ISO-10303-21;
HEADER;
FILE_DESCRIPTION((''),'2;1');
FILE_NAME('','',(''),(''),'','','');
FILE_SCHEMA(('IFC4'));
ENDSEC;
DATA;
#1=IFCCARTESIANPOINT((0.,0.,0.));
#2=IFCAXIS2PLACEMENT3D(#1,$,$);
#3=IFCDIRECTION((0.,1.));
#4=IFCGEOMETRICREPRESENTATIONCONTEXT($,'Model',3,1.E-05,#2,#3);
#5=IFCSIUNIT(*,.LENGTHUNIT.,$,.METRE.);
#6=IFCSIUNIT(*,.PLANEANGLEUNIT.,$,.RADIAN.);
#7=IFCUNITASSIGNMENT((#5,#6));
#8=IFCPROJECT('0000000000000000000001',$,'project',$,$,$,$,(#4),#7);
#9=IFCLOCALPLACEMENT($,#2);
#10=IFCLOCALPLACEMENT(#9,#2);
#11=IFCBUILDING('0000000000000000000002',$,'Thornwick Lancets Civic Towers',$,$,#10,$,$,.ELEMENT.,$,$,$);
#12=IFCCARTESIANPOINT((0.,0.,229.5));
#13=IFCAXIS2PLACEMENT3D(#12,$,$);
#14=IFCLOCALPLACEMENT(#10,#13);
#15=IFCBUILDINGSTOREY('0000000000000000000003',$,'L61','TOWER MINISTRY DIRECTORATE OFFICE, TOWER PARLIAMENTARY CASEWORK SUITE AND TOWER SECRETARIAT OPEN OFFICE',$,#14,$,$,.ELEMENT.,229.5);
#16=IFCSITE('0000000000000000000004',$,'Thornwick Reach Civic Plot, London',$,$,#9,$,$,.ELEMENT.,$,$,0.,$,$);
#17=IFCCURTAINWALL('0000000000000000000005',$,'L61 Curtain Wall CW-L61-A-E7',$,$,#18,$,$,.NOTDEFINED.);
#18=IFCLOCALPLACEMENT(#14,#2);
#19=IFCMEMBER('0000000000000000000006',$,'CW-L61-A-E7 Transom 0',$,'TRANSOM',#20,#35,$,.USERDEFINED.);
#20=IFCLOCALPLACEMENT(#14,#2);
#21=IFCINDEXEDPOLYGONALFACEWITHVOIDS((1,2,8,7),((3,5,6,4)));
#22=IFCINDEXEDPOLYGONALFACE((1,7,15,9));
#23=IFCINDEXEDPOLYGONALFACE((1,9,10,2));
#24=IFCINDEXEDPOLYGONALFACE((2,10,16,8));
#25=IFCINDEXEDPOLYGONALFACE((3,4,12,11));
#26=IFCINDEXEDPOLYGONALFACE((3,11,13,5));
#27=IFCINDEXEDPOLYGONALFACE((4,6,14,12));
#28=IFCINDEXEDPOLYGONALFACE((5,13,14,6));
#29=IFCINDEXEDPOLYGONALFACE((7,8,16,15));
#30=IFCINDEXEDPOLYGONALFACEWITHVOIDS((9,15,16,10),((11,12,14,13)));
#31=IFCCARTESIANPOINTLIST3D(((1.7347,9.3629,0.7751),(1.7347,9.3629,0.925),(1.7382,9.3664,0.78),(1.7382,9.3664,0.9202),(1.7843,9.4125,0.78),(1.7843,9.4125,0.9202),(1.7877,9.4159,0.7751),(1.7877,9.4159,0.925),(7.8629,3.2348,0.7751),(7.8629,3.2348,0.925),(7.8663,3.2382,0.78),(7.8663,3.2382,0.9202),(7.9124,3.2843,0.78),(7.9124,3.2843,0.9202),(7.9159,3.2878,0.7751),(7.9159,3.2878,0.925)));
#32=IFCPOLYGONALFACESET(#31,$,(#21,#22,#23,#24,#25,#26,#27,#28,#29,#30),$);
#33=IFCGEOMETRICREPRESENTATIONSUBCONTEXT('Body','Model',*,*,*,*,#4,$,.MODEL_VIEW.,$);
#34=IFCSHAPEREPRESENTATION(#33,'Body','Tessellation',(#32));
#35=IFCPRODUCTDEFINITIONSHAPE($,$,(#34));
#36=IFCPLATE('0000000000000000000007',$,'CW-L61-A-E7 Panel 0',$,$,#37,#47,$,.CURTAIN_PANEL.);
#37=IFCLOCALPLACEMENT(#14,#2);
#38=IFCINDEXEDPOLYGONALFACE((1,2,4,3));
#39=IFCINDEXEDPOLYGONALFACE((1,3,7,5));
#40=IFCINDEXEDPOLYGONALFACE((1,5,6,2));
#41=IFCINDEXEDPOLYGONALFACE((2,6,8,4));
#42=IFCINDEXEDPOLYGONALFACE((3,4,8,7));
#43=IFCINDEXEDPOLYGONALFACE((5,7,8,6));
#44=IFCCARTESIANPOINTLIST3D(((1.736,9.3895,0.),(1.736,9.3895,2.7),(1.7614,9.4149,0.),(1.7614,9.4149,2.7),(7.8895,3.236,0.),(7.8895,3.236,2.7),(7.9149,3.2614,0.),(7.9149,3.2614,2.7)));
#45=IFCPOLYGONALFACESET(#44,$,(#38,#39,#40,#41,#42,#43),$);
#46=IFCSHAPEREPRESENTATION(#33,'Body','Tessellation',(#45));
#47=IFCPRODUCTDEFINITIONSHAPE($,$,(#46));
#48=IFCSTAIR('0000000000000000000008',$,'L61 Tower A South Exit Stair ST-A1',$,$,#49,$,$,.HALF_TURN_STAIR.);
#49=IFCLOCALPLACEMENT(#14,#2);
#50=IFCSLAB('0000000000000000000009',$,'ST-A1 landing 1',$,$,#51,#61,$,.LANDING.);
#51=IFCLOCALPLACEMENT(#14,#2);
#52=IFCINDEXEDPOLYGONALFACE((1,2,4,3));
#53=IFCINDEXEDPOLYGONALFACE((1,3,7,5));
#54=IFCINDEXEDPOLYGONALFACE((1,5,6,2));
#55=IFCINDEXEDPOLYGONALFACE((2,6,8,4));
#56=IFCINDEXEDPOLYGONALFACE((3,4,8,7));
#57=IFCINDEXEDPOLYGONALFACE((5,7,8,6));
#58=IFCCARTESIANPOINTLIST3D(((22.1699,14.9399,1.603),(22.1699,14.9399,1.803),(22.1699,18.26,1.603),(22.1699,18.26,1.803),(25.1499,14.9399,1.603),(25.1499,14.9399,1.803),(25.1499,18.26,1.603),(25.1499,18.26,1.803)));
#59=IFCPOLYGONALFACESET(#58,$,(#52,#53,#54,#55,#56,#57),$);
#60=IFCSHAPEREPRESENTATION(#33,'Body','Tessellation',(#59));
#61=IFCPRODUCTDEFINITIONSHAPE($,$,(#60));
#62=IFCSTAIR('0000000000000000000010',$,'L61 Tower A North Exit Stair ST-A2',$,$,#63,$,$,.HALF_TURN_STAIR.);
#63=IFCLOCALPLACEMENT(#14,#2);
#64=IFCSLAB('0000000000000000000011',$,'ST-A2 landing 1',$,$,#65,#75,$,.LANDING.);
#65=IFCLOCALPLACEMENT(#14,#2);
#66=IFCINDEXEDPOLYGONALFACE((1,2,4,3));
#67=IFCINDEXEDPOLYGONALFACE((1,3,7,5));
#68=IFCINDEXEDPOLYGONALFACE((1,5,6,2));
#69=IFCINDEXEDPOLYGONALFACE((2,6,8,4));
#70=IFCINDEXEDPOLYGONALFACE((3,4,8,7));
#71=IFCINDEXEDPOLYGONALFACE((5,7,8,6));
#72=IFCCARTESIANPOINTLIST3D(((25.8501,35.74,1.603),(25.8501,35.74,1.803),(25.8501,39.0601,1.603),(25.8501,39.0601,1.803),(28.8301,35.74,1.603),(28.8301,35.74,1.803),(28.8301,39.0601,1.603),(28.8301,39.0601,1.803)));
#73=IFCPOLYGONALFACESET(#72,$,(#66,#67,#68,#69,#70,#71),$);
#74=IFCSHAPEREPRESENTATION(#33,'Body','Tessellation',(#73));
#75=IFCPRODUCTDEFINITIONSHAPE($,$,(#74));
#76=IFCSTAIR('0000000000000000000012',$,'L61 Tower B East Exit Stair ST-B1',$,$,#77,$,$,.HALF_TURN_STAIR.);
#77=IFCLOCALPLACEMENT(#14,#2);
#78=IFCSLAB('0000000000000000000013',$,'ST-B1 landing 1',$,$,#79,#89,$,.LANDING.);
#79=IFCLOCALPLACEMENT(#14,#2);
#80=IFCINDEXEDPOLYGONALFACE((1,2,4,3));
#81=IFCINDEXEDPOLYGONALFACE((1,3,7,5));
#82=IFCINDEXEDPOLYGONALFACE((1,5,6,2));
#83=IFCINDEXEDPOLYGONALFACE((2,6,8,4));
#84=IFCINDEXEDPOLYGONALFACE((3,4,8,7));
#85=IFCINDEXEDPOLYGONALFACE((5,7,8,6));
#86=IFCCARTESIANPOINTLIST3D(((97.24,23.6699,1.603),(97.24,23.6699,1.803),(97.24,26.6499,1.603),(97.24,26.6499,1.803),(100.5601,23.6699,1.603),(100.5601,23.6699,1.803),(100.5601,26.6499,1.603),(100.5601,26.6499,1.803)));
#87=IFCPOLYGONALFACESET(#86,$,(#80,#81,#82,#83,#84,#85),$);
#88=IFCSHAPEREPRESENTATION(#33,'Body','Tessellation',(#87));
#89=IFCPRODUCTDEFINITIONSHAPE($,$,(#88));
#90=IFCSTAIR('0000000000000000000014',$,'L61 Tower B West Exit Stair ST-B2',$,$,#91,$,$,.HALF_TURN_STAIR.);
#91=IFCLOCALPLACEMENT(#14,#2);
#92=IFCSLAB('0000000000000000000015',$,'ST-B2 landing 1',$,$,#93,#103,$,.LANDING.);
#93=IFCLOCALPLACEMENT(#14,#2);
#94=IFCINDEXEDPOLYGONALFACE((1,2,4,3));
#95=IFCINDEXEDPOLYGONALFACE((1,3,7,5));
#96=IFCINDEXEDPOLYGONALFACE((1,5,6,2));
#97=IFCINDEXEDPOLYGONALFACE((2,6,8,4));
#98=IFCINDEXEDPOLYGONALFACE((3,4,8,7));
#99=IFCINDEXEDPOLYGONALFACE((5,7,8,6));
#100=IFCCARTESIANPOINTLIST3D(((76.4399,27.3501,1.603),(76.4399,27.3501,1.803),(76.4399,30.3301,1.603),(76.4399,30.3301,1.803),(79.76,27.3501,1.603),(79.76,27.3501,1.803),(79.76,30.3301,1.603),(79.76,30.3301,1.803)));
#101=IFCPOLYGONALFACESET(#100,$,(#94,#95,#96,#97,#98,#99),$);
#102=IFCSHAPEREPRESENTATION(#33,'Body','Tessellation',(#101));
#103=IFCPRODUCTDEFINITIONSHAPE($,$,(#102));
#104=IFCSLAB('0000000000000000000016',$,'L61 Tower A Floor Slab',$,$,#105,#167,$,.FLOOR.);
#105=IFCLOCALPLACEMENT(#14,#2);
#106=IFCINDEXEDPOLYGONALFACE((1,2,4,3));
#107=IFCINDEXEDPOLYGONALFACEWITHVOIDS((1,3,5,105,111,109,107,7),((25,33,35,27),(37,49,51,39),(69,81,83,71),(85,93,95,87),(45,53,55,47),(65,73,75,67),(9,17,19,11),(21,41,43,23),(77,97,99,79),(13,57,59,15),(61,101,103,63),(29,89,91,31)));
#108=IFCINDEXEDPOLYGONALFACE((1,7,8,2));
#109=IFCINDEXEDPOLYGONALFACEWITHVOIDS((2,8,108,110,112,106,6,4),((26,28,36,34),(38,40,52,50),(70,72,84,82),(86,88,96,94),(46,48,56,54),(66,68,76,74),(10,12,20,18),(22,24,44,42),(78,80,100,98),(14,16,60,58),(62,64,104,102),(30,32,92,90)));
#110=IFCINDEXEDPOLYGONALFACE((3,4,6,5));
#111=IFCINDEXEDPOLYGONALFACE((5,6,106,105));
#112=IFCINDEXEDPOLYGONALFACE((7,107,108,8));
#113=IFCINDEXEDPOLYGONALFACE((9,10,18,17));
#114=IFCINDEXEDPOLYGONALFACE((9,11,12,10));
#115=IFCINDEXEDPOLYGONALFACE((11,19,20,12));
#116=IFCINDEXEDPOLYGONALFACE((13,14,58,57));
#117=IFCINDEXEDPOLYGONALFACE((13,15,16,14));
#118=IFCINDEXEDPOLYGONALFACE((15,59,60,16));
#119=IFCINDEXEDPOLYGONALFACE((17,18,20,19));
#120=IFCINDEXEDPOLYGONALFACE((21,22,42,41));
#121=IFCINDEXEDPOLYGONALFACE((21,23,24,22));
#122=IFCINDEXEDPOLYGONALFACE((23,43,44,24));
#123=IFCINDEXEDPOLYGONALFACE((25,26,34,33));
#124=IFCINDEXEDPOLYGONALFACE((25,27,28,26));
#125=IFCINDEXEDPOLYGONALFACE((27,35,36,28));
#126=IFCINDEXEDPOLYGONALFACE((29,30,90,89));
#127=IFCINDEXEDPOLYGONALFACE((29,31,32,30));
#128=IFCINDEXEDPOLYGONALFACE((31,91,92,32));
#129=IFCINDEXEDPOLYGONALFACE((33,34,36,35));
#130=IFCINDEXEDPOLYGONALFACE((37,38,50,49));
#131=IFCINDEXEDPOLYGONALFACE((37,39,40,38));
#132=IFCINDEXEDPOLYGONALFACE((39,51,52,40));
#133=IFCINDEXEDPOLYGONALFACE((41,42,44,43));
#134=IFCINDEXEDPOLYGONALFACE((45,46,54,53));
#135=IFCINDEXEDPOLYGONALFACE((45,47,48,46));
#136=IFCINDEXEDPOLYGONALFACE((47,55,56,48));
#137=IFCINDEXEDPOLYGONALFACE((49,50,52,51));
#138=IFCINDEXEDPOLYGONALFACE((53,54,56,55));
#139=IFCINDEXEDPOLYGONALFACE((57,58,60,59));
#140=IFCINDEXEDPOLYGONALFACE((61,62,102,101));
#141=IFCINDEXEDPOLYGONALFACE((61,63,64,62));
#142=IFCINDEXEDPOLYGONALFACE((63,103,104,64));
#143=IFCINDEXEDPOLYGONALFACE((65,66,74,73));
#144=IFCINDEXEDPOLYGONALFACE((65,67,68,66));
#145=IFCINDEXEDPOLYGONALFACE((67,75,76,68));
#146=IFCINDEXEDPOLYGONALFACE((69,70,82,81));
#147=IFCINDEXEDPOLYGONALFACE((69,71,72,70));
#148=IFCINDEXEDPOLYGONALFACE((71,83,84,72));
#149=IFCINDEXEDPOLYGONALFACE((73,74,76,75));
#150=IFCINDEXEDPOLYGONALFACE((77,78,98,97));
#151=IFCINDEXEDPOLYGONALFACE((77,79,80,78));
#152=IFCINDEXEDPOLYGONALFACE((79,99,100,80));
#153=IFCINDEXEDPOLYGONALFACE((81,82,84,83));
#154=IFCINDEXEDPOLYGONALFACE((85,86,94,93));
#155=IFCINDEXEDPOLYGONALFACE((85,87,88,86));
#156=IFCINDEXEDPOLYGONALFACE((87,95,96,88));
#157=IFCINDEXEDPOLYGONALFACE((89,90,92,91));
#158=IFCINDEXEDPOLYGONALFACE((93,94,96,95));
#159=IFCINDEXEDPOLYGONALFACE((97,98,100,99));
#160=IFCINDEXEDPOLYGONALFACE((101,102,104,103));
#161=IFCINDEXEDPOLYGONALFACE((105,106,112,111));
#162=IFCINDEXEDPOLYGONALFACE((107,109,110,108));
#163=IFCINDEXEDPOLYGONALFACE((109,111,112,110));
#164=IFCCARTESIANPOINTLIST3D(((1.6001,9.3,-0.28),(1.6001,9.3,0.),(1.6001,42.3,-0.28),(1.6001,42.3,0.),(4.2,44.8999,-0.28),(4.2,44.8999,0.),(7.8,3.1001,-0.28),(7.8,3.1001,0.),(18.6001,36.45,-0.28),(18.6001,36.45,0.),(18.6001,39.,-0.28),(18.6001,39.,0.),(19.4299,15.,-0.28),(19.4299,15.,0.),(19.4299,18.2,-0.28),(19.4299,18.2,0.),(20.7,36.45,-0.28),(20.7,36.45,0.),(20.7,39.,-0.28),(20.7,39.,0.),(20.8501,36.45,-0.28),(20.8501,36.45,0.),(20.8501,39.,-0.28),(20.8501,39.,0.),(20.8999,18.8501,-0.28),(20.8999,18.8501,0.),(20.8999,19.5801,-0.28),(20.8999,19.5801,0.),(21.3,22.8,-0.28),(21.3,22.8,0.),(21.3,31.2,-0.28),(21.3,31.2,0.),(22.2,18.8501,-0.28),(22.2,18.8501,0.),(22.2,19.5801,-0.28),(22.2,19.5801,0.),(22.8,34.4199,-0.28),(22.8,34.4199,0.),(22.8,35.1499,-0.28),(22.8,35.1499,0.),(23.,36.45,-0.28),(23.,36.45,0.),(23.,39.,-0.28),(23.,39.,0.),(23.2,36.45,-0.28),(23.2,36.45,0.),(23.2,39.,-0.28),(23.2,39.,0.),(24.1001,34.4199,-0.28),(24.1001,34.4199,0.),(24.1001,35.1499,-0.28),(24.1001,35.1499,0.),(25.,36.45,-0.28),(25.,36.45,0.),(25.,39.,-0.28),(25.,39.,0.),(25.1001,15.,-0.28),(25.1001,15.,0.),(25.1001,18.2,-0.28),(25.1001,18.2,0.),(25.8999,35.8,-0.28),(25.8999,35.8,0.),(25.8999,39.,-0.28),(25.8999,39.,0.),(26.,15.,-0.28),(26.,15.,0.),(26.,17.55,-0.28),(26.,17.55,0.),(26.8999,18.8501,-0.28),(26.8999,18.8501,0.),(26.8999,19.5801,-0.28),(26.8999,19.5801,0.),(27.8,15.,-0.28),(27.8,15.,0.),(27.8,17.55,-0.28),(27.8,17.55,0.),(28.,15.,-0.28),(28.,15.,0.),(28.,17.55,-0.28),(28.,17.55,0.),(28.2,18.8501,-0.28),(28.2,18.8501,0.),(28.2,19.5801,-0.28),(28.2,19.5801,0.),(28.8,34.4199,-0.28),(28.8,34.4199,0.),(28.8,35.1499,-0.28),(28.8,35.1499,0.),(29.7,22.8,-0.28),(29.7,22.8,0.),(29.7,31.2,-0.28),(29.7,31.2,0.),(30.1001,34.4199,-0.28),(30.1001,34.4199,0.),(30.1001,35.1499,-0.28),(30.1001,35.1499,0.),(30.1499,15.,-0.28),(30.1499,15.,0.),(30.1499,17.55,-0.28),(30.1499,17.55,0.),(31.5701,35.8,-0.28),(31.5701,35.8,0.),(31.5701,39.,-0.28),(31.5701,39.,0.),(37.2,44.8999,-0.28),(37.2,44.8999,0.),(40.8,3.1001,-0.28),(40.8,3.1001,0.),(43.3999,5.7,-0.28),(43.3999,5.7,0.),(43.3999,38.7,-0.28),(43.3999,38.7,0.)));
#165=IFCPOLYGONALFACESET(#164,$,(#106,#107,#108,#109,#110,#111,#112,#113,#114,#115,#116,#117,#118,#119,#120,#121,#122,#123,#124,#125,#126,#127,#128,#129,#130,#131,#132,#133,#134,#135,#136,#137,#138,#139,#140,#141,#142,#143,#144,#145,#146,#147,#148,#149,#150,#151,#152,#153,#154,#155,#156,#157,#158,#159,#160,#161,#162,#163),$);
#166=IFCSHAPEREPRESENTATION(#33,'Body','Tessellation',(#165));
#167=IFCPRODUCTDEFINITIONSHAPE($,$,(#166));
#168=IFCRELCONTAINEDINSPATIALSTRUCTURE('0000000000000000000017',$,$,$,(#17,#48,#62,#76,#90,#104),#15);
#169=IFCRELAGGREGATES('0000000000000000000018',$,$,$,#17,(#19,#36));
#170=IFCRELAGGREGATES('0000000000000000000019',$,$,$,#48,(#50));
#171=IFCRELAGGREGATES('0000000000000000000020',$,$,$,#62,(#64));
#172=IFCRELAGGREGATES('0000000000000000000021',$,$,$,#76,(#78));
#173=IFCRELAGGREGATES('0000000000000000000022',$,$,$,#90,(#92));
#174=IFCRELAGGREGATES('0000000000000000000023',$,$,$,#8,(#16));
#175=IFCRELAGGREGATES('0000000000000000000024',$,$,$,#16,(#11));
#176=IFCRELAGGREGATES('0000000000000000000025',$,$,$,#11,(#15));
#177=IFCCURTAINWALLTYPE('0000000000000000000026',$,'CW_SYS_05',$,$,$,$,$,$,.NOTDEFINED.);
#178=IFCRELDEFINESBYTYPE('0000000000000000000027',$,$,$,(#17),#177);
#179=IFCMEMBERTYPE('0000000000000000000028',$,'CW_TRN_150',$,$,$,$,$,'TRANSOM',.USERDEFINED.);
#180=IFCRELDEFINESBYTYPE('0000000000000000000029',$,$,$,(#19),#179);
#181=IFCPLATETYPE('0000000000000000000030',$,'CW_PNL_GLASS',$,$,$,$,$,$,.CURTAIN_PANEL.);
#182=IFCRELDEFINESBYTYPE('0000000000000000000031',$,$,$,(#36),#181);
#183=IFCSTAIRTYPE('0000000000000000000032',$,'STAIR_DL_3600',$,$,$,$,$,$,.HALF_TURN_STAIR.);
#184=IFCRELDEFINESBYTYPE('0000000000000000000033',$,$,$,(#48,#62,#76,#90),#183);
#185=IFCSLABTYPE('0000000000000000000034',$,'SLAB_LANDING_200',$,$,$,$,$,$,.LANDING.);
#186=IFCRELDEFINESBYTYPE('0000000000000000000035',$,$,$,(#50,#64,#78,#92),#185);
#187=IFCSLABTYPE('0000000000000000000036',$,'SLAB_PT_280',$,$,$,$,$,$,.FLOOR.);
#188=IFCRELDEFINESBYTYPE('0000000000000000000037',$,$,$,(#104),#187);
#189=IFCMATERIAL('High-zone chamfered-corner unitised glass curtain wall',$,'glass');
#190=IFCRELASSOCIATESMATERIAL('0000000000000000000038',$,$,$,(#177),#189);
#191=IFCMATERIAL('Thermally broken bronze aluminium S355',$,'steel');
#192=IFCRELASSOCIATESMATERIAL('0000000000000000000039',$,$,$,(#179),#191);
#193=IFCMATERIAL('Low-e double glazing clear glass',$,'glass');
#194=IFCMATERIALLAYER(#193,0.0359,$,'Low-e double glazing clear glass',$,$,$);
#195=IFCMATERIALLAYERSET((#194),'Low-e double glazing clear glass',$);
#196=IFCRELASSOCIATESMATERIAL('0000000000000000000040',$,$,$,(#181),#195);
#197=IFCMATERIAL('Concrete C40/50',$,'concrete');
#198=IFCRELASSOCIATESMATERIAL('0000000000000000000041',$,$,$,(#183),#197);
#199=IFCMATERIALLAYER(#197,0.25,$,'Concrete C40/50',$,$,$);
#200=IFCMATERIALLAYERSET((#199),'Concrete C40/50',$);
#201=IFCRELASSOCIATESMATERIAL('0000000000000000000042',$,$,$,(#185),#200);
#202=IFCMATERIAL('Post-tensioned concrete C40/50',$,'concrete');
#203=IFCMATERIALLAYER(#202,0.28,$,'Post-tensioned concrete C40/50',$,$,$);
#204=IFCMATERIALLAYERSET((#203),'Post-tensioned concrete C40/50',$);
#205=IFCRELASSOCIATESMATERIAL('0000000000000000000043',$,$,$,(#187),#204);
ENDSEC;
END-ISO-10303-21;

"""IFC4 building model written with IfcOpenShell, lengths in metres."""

from ifc_helpers import new_model, si_unit, direction, frame, origin, origin_2d, place, context, subcontext, project, spatial, polyline, rectangle, hollow_rectangle, outline, extrude, material, layer, layer_set, material_profile, profile_set, type_object, element, aggregate, save


model = new_model("IFC4")

# Units and contexts
model_context = context("Model", 3, precision=1e-05, world=origin(), true_north=direction((0.0, 1.0)))
body_context = subcontext(model_context, "Body", "Model", "MODEL_VIEW")
ifc_project = project(units=[si_unit("LENGTHUNIT", "METRE"), si_unit("PLANEANGLEUNIT", "RADIAN")], contexts=[model_context])

# Site, building, storey
site_placement = place(None, origin())
site = spatial("IfcSite", under=ifc_project, at=site_placement, Name="Thornwick Reach Civic Plot, London", CompositionType="ELEMENT", RefElevation=0.0)
building_placement = place(site_placement, origin())
building = spatial("IfcBuilding", under=site, at=building_placement, Name="Thornwick Lancets Civic Towers", CompositionType="ELEMENT")
storey_placement = place(building_placement, frame((0.0, 0.0, 229.5)))
storey = spatial("IfcBuildingStorey", under=building, at=storey_placement, Name="L61", Description="TOWER MINISTRY DIRECTORATE OFFICE, TOWER PARLIAMENTARY CASEWORK SUITE AND TOWER SECRETARIAT OPEN OFFICE", CompositionType="ELEMENT", Elevation=229.5)

# Curtain wall, member, plate
ifc_material_1 = material(Name="High-zone chamfered-corner unitised glass curtain wall", Category="glass")
curtain_wall_type = type_object("IfcCurtainWallType", Name="CW_SYS_05", PredefinedType="NOTDEFINED", material=ifc_material_1)
curtain_wall_placement = place(storey_placement, origin())
curtain_wall = element("IfcCurtainWall", 1, at=curtain_wall_placement, inside=storey, type_object=curtain_wall_type, Name="L61 Curtain Wall CW-L61-A-E7", PredefinedType="NOTDEFINED")
ifc_material_2 = material(Name="Thermally broken bronze aluminium S355", Category="steel")
ifc_material_profile_1 = material_profile(ifc_material_2, hollow_rectangle(XDim=0.075, YDim=0.1499, WallThickness=0.0049, at=origin_2d()), Name="RHS 150x75x5")
ifc_profile_set_1 = profile_set([ifc_material_profile_1], Name="Thermally broken bronze aluminium S355")
member_type_1 = type_object("IfcMemberType", Name="CW_TRN_150", ElementType="TRANSOM", PredefinedType="USERDEFINED", material=ifc_profile_set_1)
member_1_placement = place(storey_placement, frame((1.7612, 9.3894, 0.8501), z_axis=(0.707107, -0.707107, 0.0), x_axis=(0.707107, 0.707107, 0.0)))
member_1 = element("IfcMember", 2, at=member_1_placement, type_object=member_type_1, Name="CW-L61-A-E7 Transom 0", ObjectType="TRANSOM", PredefinedType="USERDEFINED", context=body_context, shape_type="SweptSolid", body=[
    extrude(hollow_rectangle(XDim=0.075, YDim=0.1499, WallThickness=0.0049, at=origin_2d()), origin(), (0.0, 0.0, 1.0), 8.6665),
])
ifc_material_3 = material(Name="Low-e double glazing clear glass", Category="glass")
ifc_layer_1 = layer(ifc_material_3, 0.0359, Name="Low-e double glazing clear glass")
ifc_layer_set_1 = layer_set([ifc_layer_1], Name="Low-e double glazing clear glass")
plate_type = type_object("IfcPlateType", Name="CW_PNL_GLASS", PredefinedType="CURTAIN_PANEL", material=ifc_layer_set_1)
plate_placement = place(storey_placement, frame((4.8254, 6.3254, 0.0), z_axis=(0.0, 0.0, 1.0), x_axis=(0.707107, -0.707107, 0.0)))
plate = element("IfcPlate", 3, at=plate_placement, type_object=plate_type, Name="CW-L61-A-E7 Panel 0", PredefinedType="CURTAIN_PANEL", context=body_context, shape_type="SweptSolid", body=[
    extrude(rectangle(XDim=8.7024, YDim=0.0359, at=origin_2d()), origin(), (0.0, 0.0, 1.0), 2.7),
])
aggregate(curtain_wall, [member_1, plate])

# Stairs, slabs
ifc_material_4 = material(Name="Concrete C40/50", Category="concrete")
stair_type = type_object("IfcStairType", Name="STAIR_DL_3600", PredefinedType="HALF_TURN_STAIR", material=ifc_material_4)
stair_1_placement = place(storey_placement, origin())
stair_1 = element("IfcStair", 4, at=stair_1_placement, inside=storey, type_object=stair_type, Name="L61 Tower A South Exit Stair ST-A1", PredefinedType="HALF_TURN_STAIR")
ifc_layer_2 = layer(ifc_material_4, 0.25, Name="Concrete C40/50")
ifc_layer_set_2 = layer_set([ifc_layer_2], Name="Concrete C40/50")
slab_type_1 = type_object("IfcSlabType", Name="SLAB_LANDING_200", PredefinedType="LANDING", material=ifc_layer_set_2)
slab_1_placement = place(storey_placement, frame((0.0, 0.0, 1.603)))
slab_1 = element("IfcSlab", 5, at=slab_1_placement, type_object=slab_type_1, Name="ST-A1 landing 1", PredefinedType="LANDING", context=body_context, shape_type="SweptSolid", body=[
    extrude(outline(polyline([(22.1699, 14.9399), (25.1499, 14.9399), (25.1499, 18.26), (22.1699, 18.26), (22.1699, 14.9399)])), origin(), (0.0, 0.0, 1.0), 0.2),
])
aggregate(stair_1, [slab_1])
stair_2_placement = place(storey_placement, origin())
stair_2 = element("IfcStair", 6, at=stair_2_placement, inside=storey, type_object=stair_type, Name="L61 Tower A North Exit Stair ST-A2", PredefinedType="HALF_TURN_STAIR")
slab_2_placement = place(storey_placement, frame((0.0, 0.0, 1.603)))
slab_2 = element("IfcSlab", 7, at=slab_2_placement, type_object=slab_type_1, Name="ST-A2 landing 1", PredefinedType="LANDING", context=body_context, shape_type="SweptSolid", body=[
    extrude(outline(polyline([(28.8301, 39.0601), (25.8501, 39.0601), (25.8501, 35.74), (28.8301, 35.74), (28.8301, 39.0601)])), origin(), (0.0, 0.0, 1.0), 0.2),
])
aggregate(stair_2, [slab_2])
stair_3_placement = place(storey_placement, origin())
stair_3 = element("IfcStair", 8, at=stair_3_placement, inside=storey, type_object=stair_type, Name="L61 Tower B East Exit Stair ST-B1", PredefinedType="HALF_TURN_STAIR")
slab_3_placement = place(storey_placement, frame((0.0, 0.0, 1.603)))
slab_3 = element("IfcSlab", 9, at=slab_3_placement, type_object=slab_type_1, Name="ST-B1 landing 1", PredefinedType="LANDING", context=body_context, shape_type="SweptSolid", body=[
    extrude(outline(polyline([(100.5601, 23.6699), (100.5601, 26.6499), (97.24, 26.6499), (97.24, 23.6699), (100.5601, 23.6699)])), origin(), (0.0, 0.0, 1.0), 0.2),
])
aggregate(stair_3, [slab_3])
stair_4_placement = place(storey_placement, origin())
stair_4 = element("IfcStair", 10, at=stair_4_placement, inside=storey, type_object=stair_type, Name="L61 Tower B West Exit Stair ST-B2", PredefinedType="HALF_TURN_STAIR")
slab_4_placement = place(storey_placement, frame((0.0, 0.0, 1.603)))
slab_4 = element("IfcSlab", 11, at=slab_4_placement, type_object=slab_type_1, Name="ST-B2 landing 1", PredefinedType="LANDING", context=body_context, shape_type="SweptSolid", body=[
    extrude(outline(polyline([(76.4399, 30.3301), (76.4399, 27.3501), (79.76, 27.3501), (79.76, 30.3301), (76.4399, 30.3301)])), origin(), (0.0, 0.0, 1.0), 0.2),
])
aggregate(stair_4, [slab_4])

# Slab
ifc_material_5 = material(Name="Post-tensioned concrete C40/50", Category="concrete")
ifc_layer_3 = layer(ifc_material_5, 0.28, Name="Post-tensioned concrete C40/50")
ifc_layer_set_3 = layer_set([ifc_layer_3], Name="Post-tensioned concrete C40/50")
slab_type_2 = type_object("IfcSlabType", Name="SLAB_PT_280", PredefinedType="FLOOR", material=ifc_layer_set_3)
slab_5_placement = place(storey_placement, frame((0.0, 0.0, -0.28)))
element("IfcSlab", 12, at=slab_5_placement, inside=storey, type_object=slab_type_2, Name="L61 Tower A Floor Slab", PredefinedType="FLOOR", context=body_context, shape_type="SweptSolid", body=[
    extrude(outline(polyline([(7.8, 3.1001), (40.8, 3.1001), (43.3999, 5.7), (43.3999, 38.7), (37.2, 44.8999), (4.2, 44.8999), (1.6001, 42.3), (1.6001, 9.3), (7.8, 3.1001)]), holes=[polyline([(21.3, 22.8), (29.7, 22.8), (29.7, 31.2), (21.3, 31.2), (21.3, 22.8)]), polyline([(19.4299, 15.0), (25.1001, 15.0), (25.1001, 18.2), (19.4299, 18.2), (19.4299, 15.0)]), polyline([(31.5701, 39.0), (25.8999, 39.0), (25.8999, 35.8), (31.5701, 35.8), (31.5701, 39.0)]), polyline([(26.0, 15.0), (27.8, 15.0), (27.8, 17.55), (26.0, 17.55), (26.0, 15.0)]), polyline([(28.0, 15.0), (30.1499, 15.0), (30.1499, 17.55), (28.0, 17.55), (28.0, 15.0)]), polyline([(23.2, 36.45), (25.0, 36.45), (25.0, 39.0), (23.2, 39.0), (23.2, 36.45)]), polyline([(20.8501, 36.45), (23.0, 36.45), (23.0, 39.0), (20.8501, 39.0), (20.8501, 36.45)]), polyline([(18.6001, 36.45), (20.7, 36.45), (20.7, 39.0), (18.6001, 39.0), (18.6001, 36.45)]), polyline([(26.8999, 18.8501), (28.2, 18.8501), (28.2, 19.5801), (26.8999, 19.5801), (26.8999, 18.8501)]), polyline([(20.8999, 18.8501), (22.2, 18.8501), (22.2, 19.5801), (20.8999, 19.5801), (20.8999, 18.8501)]), polyline([(22.8, 34.4199), (24.1001, 34.4199), (24.1001, 35.1499), (22.8, 35.1499), (22.8, 34.4199)]), polyline([(28.8, 34.4199), (30.1001, 34.4199), (30.1001, 35.1499), (28.8, 35.1499), (28.8, 34.4199)])]), origin(), (0.0, 0.0, 1.0), 0.28),
])

save(model, "model.ifc")
